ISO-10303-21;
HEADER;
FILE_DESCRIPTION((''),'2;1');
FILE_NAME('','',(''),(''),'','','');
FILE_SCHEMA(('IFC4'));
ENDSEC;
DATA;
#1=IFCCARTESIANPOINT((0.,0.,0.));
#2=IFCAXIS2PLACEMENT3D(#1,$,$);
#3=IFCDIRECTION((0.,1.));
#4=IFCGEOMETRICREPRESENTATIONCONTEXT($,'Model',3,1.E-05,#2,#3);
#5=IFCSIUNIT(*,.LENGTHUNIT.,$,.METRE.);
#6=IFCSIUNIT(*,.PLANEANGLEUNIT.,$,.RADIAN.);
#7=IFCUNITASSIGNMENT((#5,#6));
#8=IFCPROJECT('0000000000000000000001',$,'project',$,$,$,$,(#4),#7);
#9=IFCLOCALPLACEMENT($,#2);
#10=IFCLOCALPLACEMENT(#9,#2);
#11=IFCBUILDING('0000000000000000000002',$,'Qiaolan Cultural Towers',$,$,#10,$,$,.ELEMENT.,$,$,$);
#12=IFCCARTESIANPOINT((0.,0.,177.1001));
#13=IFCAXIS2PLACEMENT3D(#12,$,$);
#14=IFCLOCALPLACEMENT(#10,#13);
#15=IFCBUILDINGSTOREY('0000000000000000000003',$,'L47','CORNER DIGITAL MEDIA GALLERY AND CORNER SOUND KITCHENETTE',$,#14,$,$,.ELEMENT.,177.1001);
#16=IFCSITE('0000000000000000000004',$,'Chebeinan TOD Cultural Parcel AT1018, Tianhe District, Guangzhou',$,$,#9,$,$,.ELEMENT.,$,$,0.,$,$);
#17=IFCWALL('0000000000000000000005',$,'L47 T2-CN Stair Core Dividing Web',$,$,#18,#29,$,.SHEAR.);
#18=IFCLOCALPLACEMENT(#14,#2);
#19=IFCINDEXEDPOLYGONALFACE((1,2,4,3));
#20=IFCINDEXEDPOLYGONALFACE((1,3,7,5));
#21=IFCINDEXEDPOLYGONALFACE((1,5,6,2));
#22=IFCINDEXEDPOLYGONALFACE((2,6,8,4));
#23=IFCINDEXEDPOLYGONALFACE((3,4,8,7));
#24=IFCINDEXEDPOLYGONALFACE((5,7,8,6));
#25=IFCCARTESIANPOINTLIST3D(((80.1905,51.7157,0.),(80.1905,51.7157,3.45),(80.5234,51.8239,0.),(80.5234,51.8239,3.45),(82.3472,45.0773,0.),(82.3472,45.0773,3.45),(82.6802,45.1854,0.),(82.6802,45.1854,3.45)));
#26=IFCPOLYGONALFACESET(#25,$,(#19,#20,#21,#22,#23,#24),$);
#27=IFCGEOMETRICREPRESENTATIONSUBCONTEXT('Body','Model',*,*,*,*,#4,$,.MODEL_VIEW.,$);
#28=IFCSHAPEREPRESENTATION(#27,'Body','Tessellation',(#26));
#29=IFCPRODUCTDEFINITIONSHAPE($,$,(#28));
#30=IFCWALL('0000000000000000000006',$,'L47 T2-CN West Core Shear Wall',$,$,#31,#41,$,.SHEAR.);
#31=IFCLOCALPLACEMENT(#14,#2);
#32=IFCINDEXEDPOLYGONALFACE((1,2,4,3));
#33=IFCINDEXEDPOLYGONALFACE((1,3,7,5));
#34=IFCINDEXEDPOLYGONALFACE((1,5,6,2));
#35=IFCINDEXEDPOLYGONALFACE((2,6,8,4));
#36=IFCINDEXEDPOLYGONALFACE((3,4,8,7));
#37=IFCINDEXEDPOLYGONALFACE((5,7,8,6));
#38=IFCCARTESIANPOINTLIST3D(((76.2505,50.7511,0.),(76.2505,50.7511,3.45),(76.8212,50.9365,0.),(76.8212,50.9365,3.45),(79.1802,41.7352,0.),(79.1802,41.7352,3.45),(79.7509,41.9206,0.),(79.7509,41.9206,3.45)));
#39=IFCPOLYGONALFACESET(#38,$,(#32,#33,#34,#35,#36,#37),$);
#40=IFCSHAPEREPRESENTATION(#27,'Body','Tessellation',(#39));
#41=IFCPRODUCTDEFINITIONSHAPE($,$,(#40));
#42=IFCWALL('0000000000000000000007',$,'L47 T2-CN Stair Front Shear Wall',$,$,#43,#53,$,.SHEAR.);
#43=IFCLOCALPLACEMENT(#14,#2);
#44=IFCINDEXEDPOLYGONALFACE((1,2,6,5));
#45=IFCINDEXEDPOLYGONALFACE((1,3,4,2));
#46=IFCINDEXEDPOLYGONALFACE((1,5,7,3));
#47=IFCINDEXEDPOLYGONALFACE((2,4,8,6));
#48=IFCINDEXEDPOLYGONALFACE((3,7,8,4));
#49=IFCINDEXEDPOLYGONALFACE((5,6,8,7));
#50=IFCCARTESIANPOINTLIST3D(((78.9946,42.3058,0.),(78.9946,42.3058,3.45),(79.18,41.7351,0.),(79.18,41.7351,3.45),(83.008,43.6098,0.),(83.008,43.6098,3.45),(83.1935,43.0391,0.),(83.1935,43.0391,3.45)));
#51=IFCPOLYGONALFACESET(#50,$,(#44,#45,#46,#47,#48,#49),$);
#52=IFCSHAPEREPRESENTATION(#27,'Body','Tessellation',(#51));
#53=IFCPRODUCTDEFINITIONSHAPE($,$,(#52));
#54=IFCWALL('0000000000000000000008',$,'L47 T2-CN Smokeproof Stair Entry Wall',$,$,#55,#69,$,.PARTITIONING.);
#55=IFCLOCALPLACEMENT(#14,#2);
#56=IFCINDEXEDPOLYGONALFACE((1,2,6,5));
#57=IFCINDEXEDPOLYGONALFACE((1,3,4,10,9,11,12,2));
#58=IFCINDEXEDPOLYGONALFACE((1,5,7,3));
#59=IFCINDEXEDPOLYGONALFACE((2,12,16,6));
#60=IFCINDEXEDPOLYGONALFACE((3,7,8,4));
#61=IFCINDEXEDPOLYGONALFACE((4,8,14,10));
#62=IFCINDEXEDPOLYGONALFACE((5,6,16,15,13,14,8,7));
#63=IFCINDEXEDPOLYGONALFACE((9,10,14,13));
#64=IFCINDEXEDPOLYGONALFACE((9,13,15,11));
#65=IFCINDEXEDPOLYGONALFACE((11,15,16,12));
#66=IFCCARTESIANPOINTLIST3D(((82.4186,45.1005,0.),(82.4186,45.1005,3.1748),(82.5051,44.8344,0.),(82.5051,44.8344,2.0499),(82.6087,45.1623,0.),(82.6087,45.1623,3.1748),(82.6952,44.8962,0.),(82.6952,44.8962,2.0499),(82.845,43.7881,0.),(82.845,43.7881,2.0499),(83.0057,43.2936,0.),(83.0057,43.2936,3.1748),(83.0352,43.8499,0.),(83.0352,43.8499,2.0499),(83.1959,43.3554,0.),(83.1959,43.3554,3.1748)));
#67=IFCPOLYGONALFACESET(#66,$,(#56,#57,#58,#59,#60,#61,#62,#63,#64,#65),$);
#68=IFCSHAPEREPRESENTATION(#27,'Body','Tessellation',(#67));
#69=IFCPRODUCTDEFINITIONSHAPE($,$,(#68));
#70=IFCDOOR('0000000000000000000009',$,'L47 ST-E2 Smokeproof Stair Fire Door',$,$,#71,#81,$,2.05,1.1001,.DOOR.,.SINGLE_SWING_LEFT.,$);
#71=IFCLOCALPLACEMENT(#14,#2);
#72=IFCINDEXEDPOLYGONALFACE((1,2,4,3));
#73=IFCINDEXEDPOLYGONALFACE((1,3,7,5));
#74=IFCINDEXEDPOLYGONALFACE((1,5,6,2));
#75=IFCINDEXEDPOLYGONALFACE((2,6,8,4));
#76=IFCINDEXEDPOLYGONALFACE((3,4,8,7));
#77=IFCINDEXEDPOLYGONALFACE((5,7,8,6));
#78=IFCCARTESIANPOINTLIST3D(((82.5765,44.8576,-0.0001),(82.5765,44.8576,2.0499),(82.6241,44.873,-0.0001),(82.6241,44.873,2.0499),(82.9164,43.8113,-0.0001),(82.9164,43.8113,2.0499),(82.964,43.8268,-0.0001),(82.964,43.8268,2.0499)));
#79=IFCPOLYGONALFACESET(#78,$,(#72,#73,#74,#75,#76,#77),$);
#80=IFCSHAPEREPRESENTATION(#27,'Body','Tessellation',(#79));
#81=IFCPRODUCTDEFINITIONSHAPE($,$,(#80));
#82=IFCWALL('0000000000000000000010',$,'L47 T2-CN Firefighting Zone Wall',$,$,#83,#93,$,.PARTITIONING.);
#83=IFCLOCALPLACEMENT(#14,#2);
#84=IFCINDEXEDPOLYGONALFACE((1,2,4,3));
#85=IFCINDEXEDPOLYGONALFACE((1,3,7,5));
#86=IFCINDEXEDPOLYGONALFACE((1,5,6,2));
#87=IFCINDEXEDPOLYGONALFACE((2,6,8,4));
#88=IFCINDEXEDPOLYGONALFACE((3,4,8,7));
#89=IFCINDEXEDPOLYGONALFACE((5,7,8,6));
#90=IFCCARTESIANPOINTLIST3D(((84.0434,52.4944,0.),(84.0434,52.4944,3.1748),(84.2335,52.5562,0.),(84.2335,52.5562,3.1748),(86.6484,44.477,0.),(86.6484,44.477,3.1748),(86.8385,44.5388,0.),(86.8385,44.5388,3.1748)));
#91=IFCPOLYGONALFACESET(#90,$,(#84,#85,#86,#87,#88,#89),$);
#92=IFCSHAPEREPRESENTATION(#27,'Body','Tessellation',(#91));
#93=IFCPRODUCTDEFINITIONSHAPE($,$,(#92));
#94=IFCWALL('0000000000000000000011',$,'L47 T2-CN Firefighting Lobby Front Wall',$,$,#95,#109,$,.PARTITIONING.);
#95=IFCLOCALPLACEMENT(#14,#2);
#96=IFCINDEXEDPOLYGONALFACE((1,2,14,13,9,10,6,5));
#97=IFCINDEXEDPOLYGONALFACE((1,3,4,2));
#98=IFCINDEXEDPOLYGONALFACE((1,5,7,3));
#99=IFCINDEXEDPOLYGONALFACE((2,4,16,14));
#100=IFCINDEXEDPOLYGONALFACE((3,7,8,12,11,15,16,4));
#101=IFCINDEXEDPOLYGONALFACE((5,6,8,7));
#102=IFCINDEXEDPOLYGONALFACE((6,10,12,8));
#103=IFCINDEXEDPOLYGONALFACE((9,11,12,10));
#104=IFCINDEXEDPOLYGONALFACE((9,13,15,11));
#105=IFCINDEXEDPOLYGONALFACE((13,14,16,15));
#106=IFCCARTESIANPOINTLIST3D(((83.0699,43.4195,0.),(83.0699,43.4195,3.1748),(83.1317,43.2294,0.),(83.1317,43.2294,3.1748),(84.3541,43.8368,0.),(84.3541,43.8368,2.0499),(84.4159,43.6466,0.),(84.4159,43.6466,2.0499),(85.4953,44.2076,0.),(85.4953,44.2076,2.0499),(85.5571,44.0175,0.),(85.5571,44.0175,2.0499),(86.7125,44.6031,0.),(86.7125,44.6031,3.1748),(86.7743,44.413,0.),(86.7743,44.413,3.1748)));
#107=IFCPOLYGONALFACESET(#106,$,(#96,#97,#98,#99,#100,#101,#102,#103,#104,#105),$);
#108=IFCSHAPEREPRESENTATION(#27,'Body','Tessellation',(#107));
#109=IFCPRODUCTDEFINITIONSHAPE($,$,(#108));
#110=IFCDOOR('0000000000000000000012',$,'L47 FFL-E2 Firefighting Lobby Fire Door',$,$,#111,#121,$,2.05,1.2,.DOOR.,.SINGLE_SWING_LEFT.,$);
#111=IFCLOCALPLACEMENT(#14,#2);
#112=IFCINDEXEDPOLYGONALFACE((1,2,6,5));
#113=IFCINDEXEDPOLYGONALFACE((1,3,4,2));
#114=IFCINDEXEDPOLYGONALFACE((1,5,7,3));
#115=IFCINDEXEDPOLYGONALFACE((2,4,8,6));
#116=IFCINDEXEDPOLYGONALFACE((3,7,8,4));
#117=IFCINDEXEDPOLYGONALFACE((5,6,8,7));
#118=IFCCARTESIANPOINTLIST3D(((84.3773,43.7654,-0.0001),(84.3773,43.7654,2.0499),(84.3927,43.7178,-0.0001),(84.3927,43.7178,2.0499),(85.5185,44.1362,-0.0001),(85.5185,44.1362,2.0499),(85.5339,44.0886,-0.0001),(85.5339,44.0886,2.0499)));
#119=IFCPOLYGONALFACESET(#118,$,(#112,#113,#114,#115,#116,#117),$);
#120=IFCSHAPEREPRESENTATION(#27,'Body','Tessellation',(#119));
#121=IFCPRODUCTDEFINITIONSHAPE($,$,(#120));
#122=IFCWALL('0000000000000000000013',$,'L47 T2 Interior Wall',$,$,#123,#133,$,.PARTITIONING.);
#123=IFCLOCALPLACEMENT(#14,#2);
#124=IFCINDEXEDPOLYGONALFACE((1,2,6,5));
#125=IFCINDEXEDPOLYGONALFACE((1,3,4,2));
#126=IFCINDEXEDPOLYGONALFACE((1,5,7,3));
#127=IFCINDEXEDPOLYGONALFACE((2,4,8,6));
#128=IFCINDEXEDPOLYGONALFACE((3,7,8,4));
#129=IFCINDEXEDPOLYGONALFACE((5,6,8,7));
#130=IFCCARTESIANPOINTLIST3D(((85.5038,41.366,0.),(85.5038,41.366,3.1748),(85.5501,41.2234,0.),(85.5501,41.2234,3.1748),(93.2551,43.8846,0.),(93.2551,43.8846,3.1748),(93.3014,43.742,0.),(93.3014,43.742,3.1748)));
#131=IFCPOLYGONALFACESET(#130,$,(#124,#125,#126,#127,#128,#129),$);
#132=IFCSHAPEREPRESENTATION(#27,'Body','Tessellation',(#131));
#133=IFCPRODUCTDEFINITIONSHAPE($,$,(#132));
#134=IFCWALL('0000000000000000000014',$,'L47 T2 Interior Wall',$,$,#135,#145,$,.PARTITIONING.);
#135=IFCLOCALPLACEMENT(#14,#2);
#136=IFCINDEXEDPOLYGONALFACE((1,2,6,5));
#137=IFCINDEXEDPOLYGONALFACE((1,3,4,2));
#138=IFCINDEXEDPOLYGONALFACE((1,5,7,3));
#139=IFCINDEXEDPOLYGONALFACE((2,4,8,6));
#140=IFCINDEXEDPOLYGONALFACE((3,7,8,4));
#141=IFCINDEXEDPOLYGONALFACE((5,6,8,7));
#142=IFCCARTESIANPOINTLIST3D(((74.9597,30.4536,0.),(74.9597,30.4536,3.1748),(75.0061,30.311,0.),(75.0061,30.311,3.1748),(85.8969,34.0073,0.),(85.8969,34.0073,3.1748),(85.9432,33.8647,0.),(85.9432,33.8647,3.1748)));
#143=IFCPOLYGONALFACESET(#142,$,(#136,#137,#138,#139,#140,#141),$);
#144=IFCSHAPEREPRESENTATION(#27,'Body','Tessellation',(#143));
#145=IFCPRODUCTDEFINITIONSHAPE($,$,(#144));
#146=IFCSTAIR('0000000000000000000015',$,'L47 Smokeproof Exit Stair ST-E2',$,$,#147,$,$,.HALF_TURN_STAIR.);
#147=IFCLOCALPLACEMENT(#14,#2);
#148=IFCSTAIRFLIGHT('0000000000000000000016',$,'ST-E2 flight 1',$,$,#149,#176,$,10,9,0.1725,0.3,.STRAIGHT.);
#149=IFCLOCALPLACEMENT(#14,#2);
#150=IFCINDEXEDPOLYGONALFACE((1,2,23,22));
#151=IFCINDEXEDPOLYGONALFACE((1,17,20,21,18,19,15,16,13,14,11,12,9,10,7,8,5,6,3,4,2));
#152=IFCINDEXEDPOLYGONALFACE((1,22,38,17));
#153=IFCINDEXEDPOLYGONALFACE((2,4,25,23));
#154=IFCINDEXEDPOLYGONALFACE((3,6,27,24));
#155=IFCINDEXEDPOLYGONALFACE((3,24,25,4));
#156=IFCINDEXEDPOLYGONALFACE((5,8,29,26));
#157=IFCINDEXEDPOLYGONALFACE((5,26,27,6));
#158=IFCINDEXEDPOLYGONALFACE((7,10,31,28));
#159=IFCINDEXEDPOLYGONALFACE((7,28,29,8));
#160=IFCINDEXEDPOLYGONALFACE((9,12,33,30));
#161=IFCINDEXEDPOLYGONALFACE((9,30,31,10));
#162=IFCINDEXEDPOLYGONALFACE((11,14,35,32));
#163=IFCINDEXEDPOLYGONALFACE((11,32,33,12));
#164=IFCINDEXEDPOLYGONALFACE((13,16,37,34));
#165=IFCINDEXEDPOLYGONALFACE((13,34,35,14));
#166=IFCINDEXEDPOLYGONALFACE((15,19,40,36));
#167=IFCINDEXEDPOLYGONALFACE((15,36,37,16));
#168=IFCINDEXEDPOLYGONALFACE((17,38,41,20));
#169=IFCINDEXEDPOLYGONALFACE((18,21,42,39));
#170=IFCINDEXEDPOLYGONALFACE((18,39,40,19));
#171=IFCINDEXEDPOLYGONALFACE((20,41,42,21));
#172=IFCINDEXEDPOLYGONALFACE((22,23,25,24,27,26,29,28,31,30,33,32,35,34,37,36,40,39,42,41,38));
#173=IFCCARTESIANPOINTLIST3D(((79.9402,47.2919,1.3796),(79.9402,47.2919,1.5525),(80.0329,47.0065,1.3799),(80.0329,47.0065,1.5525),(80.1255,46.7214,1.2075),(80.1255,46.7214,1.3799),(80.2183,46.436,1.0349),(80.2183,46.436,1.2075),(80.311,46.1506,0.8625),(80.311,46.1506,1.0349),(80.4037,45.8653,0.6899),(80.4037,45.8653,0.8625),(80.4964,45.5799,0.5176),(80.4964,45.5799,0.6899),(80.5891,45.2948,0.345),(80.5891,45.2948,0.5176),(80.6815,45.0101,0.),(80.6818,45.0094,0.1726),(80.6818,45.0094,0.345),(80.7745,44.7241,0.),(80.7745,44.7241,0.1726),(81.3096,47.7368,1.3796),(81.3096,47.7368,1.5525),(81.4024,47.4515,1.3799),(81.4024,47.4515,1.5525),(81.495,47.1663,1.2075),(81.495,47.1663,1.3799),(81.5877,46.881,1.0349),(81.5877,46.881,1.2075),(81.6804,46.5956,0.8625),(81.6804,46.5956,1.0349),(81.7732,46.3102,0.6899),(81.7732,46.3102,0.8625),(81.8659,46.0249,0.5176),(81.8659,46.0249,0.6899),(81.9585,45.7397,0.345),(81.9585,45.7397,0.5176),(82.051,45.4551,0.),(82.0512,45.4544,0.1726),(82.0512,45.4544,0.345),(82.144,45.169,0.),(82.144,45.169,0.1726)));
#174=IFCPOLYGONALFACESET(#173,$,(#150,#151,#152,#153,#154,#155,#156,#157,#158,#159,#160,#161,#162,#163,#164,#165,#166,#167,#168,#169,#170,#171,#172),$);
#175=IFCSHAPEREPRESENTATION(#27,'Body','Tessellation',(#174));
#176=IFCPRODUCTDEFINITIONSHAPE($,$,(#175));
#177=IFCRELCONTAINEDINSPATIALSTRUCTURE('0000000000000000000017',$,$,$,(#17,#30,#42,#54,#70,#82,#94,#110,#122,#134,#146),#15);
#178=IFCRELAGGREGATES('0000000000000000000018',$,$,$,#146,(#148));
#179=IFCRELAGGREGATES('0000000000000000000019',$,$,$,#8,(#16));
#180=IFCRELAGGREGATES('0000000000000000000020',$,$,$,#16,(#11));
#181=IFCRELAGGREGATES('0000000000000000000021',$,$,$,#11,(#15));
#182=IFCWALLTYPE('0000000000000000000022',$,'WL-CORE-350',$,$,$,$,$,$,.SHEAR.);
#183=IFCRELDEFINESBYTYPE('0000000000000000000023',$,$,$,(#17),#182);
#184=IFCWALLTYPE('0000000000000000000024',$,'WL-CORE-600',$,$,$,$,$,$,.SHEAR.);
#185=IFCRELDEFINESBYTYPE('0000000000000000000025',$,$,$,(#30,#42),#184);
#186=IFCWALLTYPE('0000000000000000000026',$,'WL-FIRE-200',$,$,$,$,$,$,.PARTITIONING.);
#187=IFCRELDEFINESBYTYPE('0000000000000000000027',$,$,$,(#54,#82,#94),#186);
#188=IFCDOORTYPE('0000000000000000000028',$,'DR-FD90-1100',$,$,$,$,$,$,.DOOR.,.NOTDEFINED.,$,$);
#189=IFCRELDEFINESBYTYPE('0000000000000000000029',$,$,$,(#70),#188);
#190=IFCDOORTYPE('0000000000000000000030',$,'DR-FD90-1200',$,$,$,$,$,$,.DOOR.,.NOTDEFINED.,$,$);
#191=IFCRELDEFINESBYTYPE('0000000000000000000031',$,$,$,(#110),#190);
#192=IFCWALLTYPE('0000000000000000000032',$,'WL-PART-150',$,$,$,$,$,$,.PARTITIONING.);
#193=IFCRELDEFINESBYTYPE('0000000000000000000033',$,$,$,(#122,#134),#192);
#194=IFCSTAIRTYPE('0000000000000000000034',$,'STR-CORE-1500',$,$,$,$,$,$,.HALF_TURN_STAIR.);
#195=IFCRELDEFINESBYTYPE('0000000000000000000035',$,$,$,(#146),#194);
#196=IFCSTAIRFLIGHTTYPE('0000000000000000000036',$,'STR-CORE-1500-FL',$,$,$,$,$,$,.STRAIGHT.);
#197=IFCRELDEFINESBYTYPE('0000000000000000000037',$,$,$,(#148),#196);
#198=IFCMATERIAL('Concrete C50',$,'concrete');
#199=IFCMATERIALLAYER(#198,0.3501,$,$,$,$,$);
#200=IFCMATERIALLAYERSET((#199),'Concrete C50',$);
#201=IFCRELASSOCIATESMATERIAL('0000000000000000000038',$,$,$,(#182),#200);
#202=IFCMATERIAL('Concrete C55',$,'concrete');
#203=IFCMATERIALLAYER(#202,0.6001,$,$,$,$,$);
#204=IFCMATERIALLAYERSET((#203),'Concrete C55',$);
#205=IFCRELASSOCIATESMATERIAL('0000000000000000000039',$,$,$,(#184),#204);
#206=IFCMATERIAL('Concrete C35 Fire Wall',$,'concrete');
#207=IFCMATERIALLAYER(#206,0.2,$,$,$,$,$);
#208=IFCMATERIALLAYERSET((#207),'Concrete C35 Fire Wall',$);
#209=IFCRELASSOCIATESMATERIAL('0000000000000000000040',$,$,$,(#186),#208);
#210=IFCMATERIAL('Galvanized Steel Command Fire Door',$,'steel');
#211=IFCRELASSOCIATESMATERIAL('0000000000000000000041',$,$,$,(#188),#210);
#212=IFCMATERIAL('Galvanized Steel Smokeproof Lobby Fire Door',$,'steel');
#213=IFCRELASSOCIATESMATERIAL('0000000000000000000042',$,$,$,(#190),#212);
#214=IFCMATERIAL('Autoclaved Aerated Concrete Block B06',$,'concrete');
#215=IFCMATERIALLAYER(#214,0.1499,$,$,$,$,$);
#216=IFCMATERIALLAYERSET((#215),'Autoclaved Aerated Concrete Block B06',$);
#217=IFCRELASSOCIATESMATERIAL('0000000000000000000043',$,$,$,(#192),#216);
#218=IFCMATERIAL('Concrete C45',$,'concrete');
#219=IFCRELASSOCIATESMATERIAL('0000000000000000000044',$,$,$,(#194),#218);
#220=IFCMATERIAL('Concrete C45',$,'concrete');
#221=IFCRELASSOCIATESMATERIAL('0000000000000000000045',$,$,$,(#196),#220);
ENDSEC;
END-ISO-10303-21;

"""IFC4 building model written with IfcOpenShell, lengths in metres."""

from ifc_helpers import new_model, si_unit, direction, frame, frame_2d, origin, place, context, subcontext, project, spatial, polyline, rectangle, outline, extrude, material, layer, layer_set, type_object, element, fill, aggregate, save


model = new_model("IFC4")

# Units and contexts
model_context = context("Model", 3, precision=1e-05, world=origin(), true_north=direction((0.0, 1.0)))
body_context = subcontext(model_context, "Body", "Model", "MODEL_VIEW")
ifc_project = project(units=[si_unit("LENGTHUNIT", "METRE"), si_unit("PLANEANGLEUNIT", "RADIAN")], contexts=[model_context])

# Site, building, storey
site_placement = place(None, origin())
site = spatial("IfcSite", under=ifc_project, at=site_placement, Name="Chebeinan TOD Cultural Parcel AT1018, Tianhe District, Guangzhou", CompositionType="ELEMENT", RefElevation=0.0)
building_placement = place(site_placement, origin())
building = spatial("IfcBuilding", under=site, at=building_placement, Name="Qiaolan Cultural Towers", CompositionType="ELEMENT")
storey_placement = place(building_placement, frame((0.0, 0.0, 177.1001)))
storey = spatial("IfcBuildingStorey", under=building, at=storey_placement, Name="L47", Description="CORNER DIGITAL MEDIA GALLERY AND CORNER SOUND KITCHENETTE", CompositionType="ELEMENT", Elevation=177.1001)

# Walls
ifc_material_1 = material(Name="Concrete C50", Category="concrete")
ifc_layer_1 = layer(ifc_material_1, 0.3501)
ifc_layer_set_1 = layer_set([ifc_layer_1], Name="Concrete C50")
wall_type_1 = type_object("IfcWallType", Name="WL-CORE-350", PredefinedType="SHEAR", material=ifc_layer_set_1)
wall_1_placement = place(storey_placement, frame((82.5137, 45.1313, 0.0), z_axis=(0.0, 0.0, 1.0), x_axis=(-0.308989, 0.951066, 0.0)))
element("IfcWall", 1, at=wall_1_placement, inside=storey, type_object=wall_type_1, Name="L47 T2-CN Stair Core Dividing Web", PredefinedType="SHEAR", context=body_context, shape_type="SweptSolid", body=[
    extrude(rectangle(XDim=6.98, YDim=0.3501, at=frame_2d((3.49, 0.0))), origin(), (0.0, 0.0, 1.0), 3.45),
])
ifc_material_2 = material(Name="Concrete C55", Category="concrete")
ifc_layer_2 = layer(ifc_material_2, 0.6001)
ifc_layer_set_2 = layer_set([ifc_layer_2], Name="Concrete C55")
wall_type_2 = type_object("IfcWallType", Name="WL-CORE-600", PredefinedType="SHEAR", material=ifc_layer_set_2)
wall_2_placement = place(storey_placement, frame((79.4656, 41.8279, 0.0), z_axis=(0.0, 0.0, 1.0), x_axis=(-0.309041, 0.951049, 0.0)))
element("IfcWall", 2, at=wall_2_placement, inside=storey, type_object=wall_type_2, Name="L47 T2-CN West Core Shear Wall", PredefinedType="SHEAR", context=body_context, shape_type="SweptSolid", body=[
    extrude(rectangle(XDim=9.48, YDim=0.6001, at=frame_2d((4.74, 0.0))), origin(), (0.0, 0.0, 1.0), 3.45),
])
wall_3_placement = place(storey_placement, frame((79.0874, 42.0205, 0.0), z_axis=(0.0, 0.0, 1.0), x_axis=(0.951063, 0.308998, 0.0)))
element("IfcWall", 3, at=wall_3_placement, inside=storey, type_object=wall_type_2, Name="L47 T2-CN Stair Front Shear Wall", PredefinedType="SHEAR", context=body_context, shape_type="SweptSolid", body=[
    extrude(rectangle(XDim=4.22, YDim=0.6001, at=frame_2d((2.1099, 0.0))), origin(), (0.0, 0.0, 1.0), 3.45),
])

# Wall, opening, door
ifc_material_3 = material(Name="Concrete C35 Fire Wall", Category="concrete")
ifc_layer_3 = layer(ifc_material_3, 0.2)
ifc_layer_set_3 = layer_set([ifc_layer_3], Name="Concrete C35 Fire Wall")
wall_type_3 = type_object("IfcWallType", Name="WL-FIRE-200", PredefinedType="PARTITIONING", material=ifc_layer_set_3)
wall_4_placement = place(storey_placement, frame((83.1008, 43.3245, 0.0), z_axis=(0.0, 0.0, 1.0), x_axis=(-0.309048, 0.951046, 0.0)))
wall_4 = element("IfcWall", 4, at=wall_4_placement, inside=storey, type_object=wall_type_3, Name="L47 T2-CN Smokeproof Stair Entry Wall", PredefinedType="PARTITIONING", context=body_context, shape_type="SweptSolid", body=[
    extrude(rectangle(XDim=1.8999, YDim=0.2, at=frame_2d((0.95, 0.0))), origin(), (0.0, 0.0, 1.0), 3.1748),
])
opening_1_placement = place(wall_4_placement, frame((0.52, 0.0, 0.0)))
opening_1 = element("IfcOpeningElement", 5, at=opening_1_placement, cuts=wall_4, PredefinedType="OPENING", context=body_context, shape_type="SweptSolid", body=[
    extrude(rectangle(XDim=1.1001, YDim=2.05, at=frame_2d((0.55, 1.0249))), frame((0.0, 0.1099, 0.0), z_axis=(0.0, -1.0, 0.0), x_axis=(1.0, 0.0, 0.0)), (0.0, 0.0, 1.0), 0.22),
])
ifc_material_4 = material(Name="Galvanized Steel Command Fire Door", Category="steel")
door_type_1 = type_object("IfcDoorType", Name="DR-FD90-1100", OperationType="NOTDEFINED", PredefinedType="DOOR", material=ifc_material_4)
door_1_placement = place(opening_1_placement, origin())
door_1 = element("IfcDoor", 6, at=door_1_placement, inside=storey, type_object=door_type_1, Name="L47 ST-E2 Smokeproof Stair Fire Door", OperationType="SINGLE_SWING_LEFT", OverallHeight=2.05, OverallWidth=1.1001, PredefinedType="DOOR", context=body_context, shape_type="SweptSolid", body=[
    extrude(rectangle(XDim=1.1001, YDim=2.05, at=frame_2d((0.55, 1.0249))), frame((0.0, 0.0249, 0.0), z_axis=(0.0, -1.0, 0.0), x_axis=(1.0, 0.0, 0.0)), (0.0, 0.0, 1.0), 0.05),
])
fill(opening_1, door_1)

# Wall
wall_5_placement = place(storey_placement, frame((86.7434, 44.5081, 0.0), z_axis=(0.0, 0.0, 1.0), x_axis=(-0.309016, 0.951057, 0.0)))
element("IfcWall", 7, at=wall_5_placement, inside=storey, type_object=wall_type_3, Name="L47 T2-CN Firefighting Zone Wall", PredefinedType="PARTITIONING", context=body_context, shape_type="SweptSolid", body=[
    extrude(rectangle(XDim=8.4299, YDim=0.2, at=frame_2d((4.2148, 0.0))), origin(), (0.0, 0.0, 1.0), 3.1748),
])

# Wall, opening, door
wall_6_placement = place(storey_placement, frame((83.1008, 43.3245, 0.0), z_axis=(0.0, 0.0, 1.0), x_axis=(0.951053, 0.309028, 0.0)))
wall_6 = element("IfcWall", 8, at=wall_6_placement, inside=storey, type_object=wall_type_3, Name="L47 T2-CN Firefighting Lobby Front Wall", PredefinedType="PARTITIONING", context=body_context, shape_type="SweptSolid", body=[
    extrude(rectangle(XDim=3.8301, YDim=0.2, at=frame_2d((1.915, 0.0))), origin(), (0.0, 0.0, 1.0), 3.1748),
])
opening_2_placement = place(wall_6_placement, frame((1.3501, 0.0, 0.0)))
opening_2 = element("IfcOpeningElement", 9, at=opening_2_placement, cuts=wall_6, PredefinedType="OPENING", context=body_context, shape_type="SweptSolid", body=[
    extrude(rectangle(XDim=1.2, YDim=2.05, at=frame_2d((0.6001, 1.0249))), frame((0.0, 0.1099, 0.0), z_axis=(0.0, -1.0, 0.0), x_axis=(1.0, 0.0, 0.0)), (0.0, 0.0, 1.0), 0.22),
])
ifc_material_5 = material(Name="Galvanized Steel Smokeproof Lobby Fire Door", Category="steel")
door_type_2 = type_object("IfcDoorType", Name="DR-FD90-1200", OperationType="NOTDEFINED", PredefinedType="DOOR", material=ifc_material_5)
door_2_placement = place(opening_2_placement, origin())
door_2 = element("IfcDoor", 10, at=door_2_placement, inside=storey, type_object=door_type_2, Name="L47 FFL-E2 Firefighting Lobby Fire Door", OperationType="SINGLE_SWING_LEFT", OverallHeight=2.05, OverallWidth=1.2, PredefinedType="DOOR", context=body_context, shape_type="SweptSolid", body=[
    extrude(rectangle(XDim=1.2, YDim=2.05, at=frame_2d((0.6001, 1.0249))), frame((0.0, 0.0249, 0.0), z_axis=(0.0, -1.0, 0.0), x_axis=(1.0, 0.0, 0.0)), (0.0, 0.0, 1.0), 0.05),
])
fill(opening_2, door_2)

# Walls
ifc_material_6 = material(Name="Autoclaved Aerated Concrete Block B06", Category="concrete")
ifc_layer_4 = layer(ifc_material_6, 0.1499)
ifc_layer_set_4 = layer_set([ifc_layer_4], Name="Autoclaved Aerated Concrete Block B06")
wall_type_4 = type_object("IfcWallType", Name="WL-PART-150", PredefinedType="PARTITIONING", material=ifc_layer_set_4)
wall_7_placement = place(storey_placement, frame((85.5269, 41.2947, 0.0), z_axis=(0.0, 0.0, 1.0), x_axis=(0.951055, 0.30902, 0.0)))
element("IfcWall", 11, at=wall_7_placement, inside=storey, type_object=wall_type_4, Name="L47 T2 Interior Wall", PredefinedType="PARTITIONING", context=body_context, shape_type="SweptSolid", body=[
    extrude(rectangle(XDim=8.1501, YDim=0.1499, at=frame_2d((4.0752, 0.0))), origin(), (0.0, 0.0, 1.0), 3.1748),
])
wall_8_placement = place(storey_placement, frame((74.9829, 30.3823, 0.0), z_axis=(0.0, 0.0, 1.0), x_axis=(0.951057, 0.309016, 0.0)))
element("IfcWall", 12, at=wall_8_placement, inside=storey, type_object=wall_type_4, Name="L47 T2 Interior Wall", PredefinedType="PARTITIONING", context=body_context, shape_type="SweptSolid", body=[
    extrude(rectangle(XDim=11.5, YDim=0.1499, at=frame_2d((5.75, 0.0))), origin(), (0.0, 0.0, 1.0), 3.1748),
])

# Stair, stair flight
ifc_material_7 = material(Name="Concrete C45", Category="concrete")
stair_type = type_object("IfcStairType", Name="STR-CORE-1500", PredefinedType="HALF_TURN_STAIR", material=ifc_material_7)
stair_placement = place(storey_placement, origin())
stair = element("IfcStair", 13, at=stair_placement, inside=storey, type_object=stair_type, Name="L47 Smokeproof Exit Stair ST-E2", PredefinedType="HALF_TURN_STAIR")
ifc_material_8 = material(Name="Concrete C45", Category="concrete")
stair_flight_type = type_object("IfcStairFlightType", Name="STR-CORE-1500-FL", PredefinedType="STRAIGHT", material=ifc_material_8)
stair_flight_placement = place(storey_placement, frame((81.4592, 44.9465, 0.0), z_axis=(0.0, 0.0, 1.0), x_axis=(-0.309017, 0.951057, 0.0)))
stair_flight = element("IfcStairFlight", 14, at=stair_flight_placement, type_object=stair_flight_type, Name="ST-E2 flight 1", NumberOfRisers=10, NumberOfTreads=9, PredefinedType="STRAIGHT", RiserHeight=0.1725, TreadLength=0.3, context=body_context, shape_type="SweptSolid", body=[
    extrude(outline(polyline([(0.0, 0.0), (0.0, 0.1726), (0.3, 0.1726), (0.3, 0.345), (0.6001, 0.345), (0.6001, 0.5176), (0.8999, 0.5176), (0.8999, 0.6899), (1.2, 0.6899), (1.2, 0.8625), (1.5, 0.8625), (1.5, 1.0349), (1.8, 1.0349), (1.8, 1.2075), (2.1001, 1.2075), (2.1001, 1.3799), (2.3999, 1.3799), (2.3999, 1.5525), (2.7, 1.5525), (2.7, 1.7251), (2.7, 1.3796), (0.3008, 0.0), (0.0, 0.0)])), frame((0.0, 0.72, 0.0), z_axis=(0.0, -1.0, 0.0), x_axis=(1.0, 0.0, 0.0)), (0.0, 0.0, 1.0), 1.4399),
])
aggregate(stair, [stair_flight])

save(model, "model.ifc")
